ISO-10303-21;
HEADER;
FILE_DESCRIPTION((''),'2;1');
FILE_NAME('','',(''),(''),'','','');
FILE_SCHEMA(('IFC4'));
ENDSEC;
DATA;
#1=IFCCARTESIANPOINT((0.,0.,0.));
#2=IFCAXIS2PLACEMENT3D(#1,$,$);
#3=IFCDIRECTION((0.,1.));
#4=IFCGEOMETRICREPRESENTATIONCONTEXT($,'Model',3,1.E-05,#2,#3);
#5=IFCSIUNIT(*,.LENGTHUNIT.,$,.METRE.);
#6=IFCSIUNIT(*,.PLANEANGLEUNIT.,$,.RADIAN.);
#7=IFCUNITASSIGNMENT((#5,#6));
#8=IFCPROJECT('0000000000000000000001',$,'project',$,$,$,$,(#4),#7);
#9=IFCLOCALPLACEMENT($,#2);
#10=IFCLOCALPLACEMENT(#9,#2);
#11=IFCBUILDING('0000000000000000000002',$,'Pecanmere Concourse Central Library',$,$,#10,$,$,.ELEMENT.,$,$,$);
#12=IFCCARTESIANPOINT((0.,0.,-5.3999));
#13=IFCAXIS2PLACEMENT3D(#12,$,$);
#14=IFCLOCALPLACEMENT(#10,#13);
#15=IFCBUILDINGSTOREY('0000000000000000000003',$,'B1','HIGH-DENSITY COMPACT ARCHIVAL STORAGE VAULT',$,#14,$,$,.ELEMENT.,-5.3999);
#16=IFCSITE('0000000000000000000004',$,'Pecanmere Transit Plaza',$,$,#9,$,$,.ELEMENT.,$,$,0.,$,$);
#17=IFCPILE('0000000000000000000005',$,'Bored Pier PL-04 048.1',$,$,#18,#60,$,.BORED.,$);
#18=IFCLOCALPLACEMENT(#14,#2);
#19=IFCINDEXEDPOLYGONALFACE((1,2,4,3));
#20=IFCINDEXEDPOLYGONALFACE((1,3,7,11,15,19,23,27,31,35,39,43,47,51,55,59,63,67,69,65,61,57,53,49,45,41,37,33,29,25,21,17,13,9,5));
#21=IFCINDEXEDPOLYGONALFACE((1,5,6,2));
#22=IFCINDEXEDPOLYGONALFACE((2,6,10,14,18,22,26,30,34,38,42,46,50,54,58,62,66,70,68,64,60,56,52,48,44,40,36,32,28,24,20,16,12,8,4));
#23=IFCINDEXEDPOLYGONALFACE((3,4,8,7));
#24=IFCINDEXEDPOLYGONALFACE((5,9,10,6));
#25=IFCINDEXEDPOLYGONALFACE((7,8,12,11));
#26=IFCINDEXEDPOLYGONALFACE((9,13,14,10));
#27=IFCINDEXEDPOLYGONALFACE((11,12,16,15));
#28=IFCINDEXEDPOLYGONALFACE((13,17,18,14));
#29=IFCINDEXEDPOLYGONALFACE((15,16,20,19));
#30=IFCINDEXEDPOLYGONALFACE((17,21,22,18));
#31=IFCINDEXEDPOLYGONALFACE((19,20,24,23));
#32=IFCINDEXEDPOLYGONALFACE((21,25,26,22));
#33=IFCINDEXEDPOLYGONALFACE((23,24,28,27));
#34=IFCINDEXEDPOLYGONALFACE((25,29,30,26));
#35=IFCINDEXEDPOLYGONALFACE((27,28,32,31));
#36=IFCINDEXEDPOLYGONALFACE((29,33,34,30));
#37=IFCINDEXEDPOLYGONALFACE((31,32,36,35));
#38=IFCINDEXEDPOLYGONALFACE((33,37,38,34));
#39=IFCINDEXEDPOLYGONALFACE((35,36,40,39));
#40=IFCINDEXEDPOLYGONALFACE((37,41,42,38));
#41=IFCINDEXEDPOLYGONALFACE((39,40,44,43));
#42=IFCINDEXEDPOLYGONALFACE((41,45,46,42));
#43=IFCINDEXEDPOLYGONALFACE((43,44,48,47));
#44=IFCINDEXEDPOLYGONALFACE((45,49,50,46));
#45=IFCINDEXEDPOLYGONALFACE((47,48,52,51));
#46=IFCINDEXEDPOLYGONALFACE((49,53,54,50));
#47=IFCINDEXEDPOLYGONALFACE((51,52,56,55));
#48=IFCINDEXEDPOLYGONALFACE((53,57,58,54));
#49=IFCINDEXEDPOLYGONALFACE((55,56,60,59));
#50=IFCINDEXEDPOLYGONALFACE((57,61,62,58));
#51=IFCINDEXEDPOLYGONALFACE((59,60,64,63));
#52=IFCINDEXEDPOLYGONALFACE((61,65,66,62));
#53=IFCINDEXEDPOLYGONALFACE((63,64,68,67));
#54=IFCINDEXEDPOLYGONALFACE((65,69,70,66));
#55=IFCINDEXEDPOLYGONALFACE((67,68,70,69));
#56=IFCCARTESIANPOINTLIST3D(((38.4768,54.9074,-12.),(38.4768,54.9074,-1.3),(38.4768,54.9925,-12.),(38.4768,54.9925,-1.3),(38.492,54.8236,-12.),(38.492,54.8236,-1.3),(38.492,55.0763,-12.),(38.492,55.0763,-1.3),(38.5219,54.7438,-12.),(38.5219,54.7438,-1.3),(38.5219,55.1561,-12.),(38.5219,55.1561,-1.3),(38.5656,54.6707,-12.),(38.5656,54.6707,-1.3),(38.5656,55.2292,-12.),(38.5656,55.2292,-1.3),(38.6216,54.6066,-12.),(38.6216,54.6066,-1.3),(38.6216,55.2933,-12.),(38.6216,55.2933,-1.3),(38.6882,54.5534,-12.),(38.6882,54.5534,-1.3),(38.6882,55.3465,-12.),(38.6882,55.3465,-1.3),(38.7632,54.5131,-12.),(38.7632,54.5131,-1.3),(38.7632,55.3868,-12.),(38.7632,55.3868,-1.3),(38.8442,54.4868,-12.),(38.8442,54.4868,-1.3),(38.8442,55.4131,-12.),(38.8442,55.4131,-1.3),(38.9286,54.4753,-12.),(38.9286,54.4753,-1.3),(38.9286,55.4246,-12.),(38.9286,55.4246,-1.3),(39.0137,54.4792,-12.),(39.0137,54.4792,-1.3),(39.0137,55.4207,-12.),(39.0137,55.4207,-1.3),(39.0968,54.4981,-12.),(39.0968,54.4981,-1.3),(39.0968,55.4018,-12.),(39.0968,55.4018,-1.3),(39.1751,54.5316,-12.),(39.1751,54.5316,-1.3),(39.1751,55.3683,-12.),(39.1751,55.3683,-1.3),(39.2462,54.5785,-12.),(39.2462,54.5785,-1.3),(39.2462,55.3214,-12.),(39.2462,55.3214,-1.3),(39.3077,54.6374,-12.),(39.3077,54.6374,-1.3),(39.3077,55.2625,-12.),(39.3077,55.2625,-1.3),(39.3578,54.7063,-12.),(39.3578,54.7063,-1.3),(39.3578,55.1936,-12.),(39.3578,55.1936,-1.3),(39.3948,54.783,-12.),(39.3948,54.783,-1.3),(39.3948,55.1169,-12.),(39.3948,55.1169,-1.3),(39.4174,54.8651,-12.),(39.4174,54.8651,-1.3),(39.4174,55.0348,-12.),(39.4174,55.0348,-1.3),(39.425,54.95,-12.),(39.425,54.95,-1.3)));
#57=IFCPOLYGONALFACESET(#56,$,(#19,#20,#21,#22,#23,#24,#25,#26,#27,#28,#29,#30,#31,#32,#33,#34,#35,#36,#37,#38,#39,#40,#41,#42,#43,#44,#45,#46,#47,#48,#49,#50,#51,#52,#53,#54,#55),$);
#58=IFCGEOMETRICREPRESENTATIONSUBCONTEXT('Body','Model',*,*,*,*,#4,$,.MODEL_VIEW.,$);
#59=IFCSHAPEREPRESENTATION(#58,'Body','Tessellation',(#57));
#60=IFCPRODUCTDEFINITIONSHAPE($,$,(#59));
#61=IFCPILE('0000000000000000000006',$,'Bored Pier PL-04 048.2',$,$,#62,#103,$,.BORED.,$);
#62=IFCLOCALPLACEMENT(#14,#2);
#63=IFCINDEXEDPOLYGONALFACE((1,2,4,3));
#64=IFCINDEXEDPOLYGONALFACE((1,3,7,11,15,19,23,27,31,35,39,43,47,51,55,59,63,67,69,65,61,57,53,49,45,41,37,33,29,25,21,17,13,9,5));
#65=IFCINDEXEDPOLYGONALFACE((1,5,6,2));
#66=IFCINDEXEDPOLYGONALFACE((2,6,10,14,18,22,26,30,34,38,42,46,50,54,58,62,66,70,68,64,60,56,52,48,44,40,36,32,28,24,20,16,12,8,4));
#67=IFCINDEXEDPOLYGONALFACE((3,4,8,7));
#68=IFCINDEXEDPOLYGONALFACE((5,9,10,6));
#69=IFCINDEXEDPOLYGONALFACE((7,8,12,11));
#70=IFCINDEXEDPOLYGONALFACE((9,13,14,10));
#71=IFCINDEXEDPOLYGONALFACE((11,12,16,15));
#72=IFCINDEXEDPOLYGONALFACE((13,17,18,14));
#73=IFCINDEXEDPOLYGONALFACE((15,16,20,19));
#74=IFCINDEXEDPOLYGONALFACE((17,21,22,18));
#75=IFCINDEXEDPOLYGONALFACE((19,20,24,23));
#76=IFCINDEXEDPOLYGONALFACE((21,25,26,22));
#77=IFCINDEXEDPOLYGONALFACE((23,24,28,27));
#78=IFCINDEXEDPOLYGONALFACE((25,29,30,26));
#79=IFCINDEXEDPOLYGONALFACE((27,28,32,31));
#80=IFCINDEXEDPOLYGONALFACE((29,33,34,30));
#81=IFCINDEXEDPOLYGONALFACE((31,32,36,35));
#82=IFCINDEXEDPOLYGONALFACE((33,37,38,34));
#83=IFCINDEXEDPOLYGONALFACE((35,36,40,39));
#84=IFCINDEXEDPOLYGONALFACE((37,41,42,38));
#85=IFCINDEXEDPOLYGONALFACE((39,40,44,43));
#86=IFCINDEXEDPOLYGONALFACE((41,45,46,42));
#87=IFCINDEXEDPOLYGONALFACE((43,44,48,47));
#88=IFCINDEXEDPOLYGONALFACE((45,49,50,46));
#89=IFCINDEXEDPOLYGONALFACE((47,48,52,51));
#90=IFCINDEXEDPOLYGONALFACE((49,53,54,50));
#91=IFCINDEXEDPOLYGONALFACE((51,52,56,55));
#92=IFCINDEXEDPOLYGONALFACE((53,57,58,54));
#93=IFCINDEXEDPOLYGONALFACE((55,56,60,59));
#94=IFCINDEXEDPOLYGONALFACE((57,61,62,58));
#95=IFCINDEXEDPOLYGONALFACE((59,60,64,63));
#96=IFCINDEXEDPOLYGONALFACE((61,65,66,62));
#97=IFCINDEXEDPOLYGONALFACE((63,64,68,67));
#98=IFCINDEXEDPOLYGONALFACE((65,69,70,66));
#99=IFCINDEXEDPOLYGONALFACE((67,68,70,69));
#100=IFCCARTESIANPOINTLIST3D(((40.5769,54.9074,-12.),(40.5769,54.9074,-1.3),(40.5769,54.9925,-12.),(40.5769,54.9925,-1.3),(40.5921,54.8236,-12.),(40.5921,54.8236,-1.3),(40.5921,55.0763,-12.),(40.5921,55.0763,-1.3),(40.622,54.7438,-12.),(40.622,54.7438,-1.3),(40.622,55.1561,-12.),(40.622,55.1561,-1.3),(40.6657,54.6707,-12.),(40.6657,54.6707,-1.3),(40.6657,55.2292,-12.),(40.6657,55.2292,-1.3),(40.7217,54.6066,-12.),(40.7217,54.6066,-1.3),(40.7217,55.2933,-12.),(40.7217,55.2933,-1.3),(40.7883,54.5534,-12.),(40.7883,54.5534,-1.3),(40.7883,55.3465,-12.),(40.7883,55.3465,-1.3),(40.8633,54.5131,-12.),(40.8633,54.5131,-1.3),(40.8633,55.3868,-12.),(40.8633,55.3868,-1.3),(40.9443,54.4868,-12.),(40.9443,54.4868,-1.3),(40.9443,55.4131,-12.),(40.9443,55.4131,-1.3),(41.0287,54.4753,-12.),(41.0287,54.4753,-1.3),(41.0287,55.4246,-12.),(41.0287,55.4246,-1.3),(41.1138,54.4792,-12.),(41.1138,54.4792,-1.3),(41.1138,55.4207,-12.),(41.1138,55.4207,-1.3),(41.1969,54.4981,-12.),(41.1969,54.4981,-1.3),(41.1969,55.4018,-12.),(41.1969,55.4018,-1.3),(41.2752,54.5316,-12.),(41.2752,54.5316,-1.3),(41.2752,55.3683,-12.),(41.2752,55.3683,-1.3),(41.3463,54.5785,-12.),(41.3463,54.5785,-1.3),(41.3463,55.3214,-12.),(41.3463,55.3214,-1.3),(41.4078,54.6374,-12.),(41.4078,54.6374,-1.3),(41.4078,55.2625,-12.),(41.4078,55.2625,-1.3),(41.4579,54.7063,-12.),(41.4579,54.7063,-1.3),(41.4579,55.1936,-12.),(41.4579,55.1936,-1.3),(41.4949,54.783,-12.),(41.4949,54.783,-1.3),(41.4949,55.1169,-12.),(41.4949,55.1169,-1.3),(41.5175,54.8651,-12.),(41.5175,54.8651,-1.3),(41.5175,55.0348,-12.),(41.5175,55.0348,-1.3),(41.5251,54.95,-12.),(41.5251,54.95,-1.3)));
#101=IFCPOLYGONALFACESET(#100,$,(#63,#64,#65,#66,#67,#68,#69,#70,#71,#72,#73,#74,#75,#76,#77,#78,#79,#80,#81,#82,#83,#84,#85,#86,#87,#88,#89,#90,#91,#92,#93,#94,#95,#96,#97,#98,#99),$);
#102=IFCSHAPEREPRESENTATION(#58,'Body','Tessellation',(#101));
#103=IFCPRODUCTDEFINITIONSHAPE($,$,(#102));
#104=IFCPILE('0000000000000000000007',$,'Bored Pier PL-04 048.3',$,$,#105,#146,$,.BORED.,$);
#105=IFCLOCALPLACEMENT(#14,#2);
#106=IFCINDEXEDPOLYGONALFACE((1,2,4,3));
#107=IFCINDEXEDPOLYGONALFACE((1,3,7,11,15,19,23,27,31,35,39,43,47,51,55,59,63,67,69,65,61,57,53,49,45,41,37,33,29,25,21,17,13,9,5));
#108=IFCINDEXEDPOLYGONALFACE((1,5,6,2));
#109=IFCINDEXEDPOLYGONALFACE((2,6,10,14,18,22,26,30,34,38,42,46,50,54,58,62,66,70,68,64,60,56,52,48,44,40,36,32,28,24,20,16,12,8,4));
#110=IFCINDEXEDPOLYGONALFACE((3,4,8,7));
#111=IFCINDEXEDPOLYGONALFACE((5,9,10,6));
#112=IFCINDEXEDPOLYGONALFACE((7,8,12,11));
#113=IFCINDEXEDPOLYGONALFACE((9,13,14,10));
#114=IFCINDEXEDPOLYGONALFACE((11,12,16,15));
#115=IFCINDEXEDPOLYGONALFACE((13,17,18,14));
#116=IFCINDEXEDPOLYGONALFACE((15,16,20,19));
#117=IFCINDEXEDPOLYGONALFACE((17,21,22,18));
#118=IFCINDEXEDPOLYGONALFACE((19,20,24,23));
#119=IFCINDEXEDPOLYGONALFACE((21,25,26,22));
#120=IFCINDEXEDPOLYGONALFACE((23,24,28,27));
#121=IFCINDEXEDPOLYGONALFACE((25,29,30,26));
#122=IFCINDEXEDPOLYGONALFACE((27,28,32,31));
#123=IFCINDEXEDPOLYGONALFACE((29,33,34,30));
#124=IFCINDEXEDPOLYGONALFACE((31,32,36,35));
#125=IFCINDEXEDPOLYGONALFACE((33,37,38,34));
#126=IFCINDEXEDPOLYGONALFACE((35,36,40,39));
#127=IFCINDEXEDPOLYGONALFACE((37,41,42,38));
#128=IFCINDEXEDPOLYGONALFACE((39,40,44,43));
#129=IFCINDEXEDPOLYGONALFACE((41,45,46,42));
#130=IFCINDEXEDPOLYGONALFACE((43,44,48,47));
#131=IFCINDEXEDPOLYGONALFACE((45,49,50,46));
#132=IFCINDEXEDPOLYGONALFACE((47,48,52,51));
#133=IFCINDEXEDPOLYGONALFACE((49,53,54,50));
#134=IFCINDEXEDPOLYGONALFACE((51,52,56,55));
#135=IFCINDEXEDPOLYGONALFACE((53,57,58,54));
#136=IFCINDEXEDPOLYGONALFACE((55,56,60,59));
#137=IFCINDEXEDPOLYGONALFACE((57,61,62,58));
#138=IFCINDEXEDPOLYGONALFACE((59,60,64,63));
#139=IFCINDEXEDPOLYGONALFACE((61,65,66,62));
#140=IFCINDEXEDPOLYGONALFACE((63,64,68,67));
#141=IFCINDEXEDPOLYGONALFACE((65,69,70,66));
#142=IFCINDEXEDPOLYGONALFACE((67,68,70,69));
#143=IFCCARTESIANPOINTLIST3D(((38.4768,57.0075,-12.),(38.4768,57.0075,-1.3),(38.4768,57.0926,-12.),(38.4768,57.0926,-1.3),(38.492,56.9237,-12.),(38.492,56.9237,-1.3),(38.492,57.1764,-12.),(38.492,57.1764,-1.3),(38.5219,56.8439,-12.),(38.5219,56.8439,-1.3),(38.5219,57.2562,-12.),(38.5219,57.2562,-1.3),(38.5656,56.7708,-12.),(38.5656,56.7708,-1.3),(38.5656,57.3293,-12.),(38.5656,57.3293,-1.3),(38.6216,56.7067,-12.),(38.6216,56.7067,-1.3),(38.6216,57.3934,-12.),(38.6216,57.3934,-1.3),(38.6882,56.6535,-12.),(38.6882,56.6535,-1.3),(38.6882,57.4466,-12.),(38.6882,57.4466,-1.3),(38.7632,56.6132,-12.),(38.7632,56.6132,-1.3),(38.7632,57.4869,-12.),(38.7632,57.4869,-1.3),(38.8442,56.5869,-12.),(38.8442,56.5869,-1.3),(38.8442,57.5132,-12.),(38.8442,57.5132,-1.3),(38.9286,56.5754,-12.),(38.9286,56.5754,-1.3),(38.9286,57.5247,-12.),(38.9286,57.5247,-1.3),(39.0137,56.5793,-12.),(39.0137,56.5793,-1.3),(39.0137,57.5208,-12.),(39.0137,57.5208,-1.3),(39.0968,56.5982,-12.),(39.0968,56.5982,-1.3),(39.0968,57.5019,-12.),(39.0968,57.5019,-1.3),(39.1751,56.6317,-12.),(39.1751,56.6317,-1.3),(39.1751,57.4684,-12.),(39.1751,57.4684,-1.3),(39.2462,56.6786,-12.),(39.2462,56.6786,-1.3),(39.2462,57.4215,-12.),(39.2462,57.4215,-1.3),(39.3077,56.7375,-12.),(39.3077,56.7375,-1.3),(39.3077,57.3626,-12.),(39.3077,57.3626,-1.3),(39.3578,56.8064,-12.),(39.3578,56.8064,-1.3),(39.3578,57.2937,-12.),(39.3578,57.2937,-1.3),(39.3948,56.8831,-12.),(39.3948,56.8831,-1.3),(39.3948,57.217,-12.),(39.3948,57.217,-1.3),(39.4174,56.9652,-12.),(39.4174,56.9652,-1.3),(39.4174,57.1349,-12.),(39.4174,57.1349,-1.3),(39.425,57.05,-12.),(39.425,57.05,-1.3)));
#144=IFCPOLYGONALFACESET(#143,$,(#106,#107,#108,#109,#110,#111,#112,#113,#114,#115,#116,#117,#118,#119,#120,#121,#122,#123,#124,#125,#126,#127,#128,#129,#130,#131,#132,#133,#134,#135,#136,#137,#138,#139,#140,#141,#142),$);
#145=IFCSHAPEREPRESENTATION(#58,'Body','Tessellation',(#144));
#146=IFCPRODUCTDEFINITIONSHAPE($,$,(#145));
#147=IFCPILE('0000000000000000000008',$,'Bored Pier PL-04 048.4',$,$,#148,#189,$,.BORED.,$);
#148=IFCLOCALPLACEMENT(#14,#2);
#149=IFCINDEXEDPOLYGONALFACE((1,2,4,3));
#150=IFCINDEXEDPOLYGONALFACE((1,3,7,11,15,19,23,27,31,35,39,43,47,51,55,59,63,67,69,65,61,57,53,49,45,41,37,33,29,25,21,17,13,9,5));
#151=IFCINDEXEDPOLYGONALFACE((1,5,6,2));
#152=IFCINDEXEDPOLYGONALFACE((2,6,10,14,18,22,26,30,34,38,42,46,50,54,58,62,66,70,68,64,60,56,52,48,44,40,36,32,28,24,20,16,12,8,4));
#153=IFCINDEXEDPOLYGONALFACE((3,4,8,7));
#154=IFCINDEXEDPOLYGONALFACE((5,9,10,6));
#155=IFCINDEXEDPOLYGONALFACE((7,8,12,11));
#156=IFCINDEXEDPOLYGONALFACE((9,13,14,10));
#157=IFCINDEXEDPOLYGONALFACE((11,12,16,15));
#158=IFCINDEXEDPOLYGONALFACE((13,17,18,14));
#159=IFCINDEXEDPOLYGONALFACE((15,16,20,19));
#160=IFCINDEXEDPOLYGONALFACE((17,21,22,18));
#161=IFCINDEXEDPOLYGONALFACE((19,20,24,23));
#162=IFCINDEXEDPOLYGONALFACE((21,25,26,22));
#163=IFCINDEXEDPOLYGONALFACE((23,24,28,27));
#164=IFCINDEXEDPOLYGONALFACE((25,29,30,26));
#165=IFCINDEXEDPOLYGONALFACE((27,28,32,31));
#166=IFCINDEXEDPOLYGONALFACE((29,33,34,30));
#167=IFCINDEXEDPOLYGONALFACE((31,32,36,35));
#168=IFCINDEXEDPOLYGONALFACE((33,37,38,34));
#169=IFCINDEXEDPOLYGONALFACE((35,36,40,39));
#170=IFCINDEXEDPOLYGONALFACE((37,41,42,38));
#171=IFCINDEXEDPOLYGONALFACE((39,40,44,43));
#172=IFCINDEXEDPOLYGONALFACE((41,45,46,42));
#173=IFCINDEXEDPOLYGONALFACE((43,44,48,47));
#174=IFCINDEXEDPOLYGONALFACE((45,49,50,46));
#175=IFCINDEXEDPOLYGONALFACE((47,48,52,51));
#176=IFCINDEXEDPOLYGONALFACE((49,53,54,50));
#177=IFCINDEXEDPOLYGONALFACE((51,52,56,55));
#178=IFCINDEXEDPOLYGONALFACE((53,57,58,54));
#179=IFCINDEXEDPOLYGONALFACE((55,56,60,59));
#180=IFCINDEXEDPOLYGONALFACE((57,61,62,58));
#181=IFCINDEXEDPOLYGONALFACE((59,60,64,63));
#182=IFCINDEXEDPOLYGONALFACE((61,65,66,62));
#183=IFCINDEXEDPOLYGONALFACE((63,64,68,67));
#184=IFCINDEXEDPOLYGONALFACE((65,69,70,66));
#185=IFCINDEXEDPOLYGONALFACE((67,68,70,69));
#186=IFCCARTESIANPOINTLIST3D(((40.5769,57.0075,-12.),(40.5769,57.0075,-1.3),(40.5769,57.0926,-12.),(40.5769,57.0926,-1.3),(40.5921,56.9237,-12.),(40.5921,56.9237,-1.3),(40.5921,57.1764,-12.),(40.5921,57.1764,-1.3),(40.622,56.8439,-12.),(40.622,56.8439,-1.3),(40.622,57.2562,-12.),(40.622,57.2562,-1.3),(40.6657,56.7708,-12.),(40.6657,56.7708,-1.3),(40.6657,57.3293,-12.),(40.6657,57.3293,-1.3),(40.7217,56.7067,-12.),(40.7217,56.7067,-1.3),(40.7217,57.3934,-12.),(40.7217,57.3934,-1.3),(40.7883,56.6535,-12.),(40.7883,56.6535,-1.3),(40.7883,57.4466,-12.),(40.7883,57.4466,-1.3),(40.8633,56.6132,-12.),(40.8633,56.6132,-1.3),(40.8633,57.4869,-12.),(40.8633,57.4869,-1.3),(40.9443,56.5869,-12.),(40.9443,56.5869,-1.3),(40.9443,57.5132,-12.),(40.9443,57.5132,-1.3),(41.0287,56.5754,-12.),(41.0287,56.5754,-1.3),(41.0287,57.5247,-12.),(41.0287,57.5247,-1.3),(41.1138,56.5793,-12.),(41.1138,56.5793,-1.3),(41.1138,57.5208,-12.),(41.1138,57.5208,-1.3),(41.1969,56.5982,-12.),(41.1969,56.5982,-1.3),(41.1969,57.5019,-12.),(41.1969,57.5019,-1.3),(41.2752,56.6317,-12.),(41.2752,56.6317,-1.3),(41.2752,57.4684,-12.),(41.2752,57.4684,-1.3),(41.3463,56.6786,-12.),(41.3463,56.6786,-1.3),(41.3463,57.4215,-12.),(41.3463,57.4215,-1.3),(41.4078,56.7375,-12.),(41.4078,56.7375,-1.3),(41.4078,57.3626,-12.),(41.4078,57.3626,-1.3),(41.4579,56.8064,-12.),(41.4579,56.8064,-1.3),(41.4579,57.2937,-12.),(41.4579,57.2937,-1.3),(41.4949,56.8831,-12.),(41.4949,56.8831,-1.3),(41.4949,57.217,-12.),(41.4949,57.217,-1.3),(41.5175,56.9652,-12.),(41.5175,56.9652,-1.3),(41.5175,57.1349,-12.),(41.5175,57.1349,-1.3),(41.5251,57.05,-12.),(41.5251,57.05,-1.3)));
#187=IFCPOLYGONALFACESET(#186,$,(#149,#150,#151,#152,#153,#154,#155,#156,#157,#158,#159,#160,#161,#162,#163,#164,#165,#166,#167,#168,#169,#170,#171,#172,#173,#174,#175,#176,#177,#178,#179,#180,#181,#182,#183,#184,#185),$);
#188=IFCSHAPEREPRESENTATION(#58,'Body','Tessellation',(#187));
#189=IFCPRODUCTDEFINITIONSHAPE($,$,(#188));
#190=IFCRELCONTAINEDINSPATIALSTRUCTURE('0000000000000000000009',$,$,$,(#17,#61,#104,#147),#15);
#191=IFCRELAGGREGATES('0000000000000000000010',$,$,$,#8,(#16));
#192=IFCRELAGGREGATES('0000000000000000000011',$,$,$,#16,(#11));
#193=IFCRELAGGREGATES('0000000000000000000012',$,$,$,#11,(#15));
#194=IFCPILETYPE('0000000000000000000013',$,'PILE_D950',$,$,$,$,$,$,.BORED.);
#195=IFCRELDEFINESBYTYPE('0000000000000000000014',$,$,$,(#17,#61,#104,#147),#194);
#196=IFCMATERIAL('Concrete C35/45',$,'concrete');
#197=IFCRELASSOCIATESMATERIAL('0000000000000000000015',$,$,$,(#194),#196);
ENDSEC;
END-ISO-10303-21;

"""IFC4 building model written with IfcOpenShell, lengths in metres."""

from ifc_helpers import new_model, si_unit, direction, frame, origin, origin_2d, place, context, subcontext, project, spatial, circle, extrude, material, material_profile, profile_set, type_object, element, save


model = new_model("IFC4")

# Units and contexts
model_context = context("Model", 3, precision=1e-05, world=origin(), true_north=direction((0.0, 1.0)))
body_context = subcontext(model_context, "Body", "Model", "MODEL_VIEW")
ifc_project = project(units=[si_unit("LENGTHUNIT", "METRE"), si_unit("PLANEANGLEUNIT", "RADIAN")], contexts=[model_context])

# Site, building, storey
site_placement = place(None, origin())
site = spatial("IfcSite", under=ifc_project, at=site_placement, Name="Pecanmere Transit Plaza", CompositionType="ELEMENT", RefElevation=0.0)
building_placement = place(site_placement, origin())
building = spatial("IfcBuilding", under=site, at=building_placement, Name="Pecanmere Concourse Central Library", CompositionType="ELEMENT")
storey_placement = place(building_placement, frame((0.0, 0.0, -5.3999)))
storey = spatial("IfcBuildingStorey", under=building, at=storey_placement, Name="B1", Description="HIGH-DENSITY COMPACT ARCHIVAL STORAGE VAULT", CompositionType="ELEMENT", Elevation=-5.3999)

# Piles
ifc_material_1 = material(Name="Concrete C35/45", Category="concrete")
ifc_material_profile_1 = material_profile(ifc_material_1, circle(Radius=0.4751, at=origin_2d()), Name="PIER D950")
ifc_profile_set_1 = profile_set([ifc_material_profile_1], Name="Concrete C35/45")
pile_type = type_object("IfcPileType", Name="PILE_D950", PredefinedType="BORED", material=ifc_profile_set_1)
for number, where, z_axis, x_axis, name in (
    (1, (38.95, 54.95, -1.3), (0.0, 0.0, -1.0), (1.0, 0.0, 0.0), "Bored Pier PL-04 048.1"),
    (2, (41.05, 54.95, -1.3), (0.0, 0.0, -1.0), (1.0, 0.0, 0.0), "Bored Pier PL-04 048.2"),
    (3, (38.95, 57.05, -1.3), (0.0, 0.0, -1.0), (1.0, 0.0, 0.0), "Bored Pier PL-04 048.3"),
    (4, (41.05, 57.05, -1.3), (0.0, 0.0, -1.0), (1.0, 0.0, 0.0), "Bored Pier PL-04 048.4"),
):
    element("IfcPile", number, at=place(storey_placement, frame(where, z_axis=z_axis, x_axis=x_axis)), inside=storey, type_object=pile_type, Name=name, PredefinedType="BORED", context=body_context, shape_type="SweptSolid", body=[
        extrude(circle(Radius=0.4751, at=origin_2d()), origin(), (0.0, 0.0, 1.0), 10.7),
    ])

save(model, "model.ifc")
